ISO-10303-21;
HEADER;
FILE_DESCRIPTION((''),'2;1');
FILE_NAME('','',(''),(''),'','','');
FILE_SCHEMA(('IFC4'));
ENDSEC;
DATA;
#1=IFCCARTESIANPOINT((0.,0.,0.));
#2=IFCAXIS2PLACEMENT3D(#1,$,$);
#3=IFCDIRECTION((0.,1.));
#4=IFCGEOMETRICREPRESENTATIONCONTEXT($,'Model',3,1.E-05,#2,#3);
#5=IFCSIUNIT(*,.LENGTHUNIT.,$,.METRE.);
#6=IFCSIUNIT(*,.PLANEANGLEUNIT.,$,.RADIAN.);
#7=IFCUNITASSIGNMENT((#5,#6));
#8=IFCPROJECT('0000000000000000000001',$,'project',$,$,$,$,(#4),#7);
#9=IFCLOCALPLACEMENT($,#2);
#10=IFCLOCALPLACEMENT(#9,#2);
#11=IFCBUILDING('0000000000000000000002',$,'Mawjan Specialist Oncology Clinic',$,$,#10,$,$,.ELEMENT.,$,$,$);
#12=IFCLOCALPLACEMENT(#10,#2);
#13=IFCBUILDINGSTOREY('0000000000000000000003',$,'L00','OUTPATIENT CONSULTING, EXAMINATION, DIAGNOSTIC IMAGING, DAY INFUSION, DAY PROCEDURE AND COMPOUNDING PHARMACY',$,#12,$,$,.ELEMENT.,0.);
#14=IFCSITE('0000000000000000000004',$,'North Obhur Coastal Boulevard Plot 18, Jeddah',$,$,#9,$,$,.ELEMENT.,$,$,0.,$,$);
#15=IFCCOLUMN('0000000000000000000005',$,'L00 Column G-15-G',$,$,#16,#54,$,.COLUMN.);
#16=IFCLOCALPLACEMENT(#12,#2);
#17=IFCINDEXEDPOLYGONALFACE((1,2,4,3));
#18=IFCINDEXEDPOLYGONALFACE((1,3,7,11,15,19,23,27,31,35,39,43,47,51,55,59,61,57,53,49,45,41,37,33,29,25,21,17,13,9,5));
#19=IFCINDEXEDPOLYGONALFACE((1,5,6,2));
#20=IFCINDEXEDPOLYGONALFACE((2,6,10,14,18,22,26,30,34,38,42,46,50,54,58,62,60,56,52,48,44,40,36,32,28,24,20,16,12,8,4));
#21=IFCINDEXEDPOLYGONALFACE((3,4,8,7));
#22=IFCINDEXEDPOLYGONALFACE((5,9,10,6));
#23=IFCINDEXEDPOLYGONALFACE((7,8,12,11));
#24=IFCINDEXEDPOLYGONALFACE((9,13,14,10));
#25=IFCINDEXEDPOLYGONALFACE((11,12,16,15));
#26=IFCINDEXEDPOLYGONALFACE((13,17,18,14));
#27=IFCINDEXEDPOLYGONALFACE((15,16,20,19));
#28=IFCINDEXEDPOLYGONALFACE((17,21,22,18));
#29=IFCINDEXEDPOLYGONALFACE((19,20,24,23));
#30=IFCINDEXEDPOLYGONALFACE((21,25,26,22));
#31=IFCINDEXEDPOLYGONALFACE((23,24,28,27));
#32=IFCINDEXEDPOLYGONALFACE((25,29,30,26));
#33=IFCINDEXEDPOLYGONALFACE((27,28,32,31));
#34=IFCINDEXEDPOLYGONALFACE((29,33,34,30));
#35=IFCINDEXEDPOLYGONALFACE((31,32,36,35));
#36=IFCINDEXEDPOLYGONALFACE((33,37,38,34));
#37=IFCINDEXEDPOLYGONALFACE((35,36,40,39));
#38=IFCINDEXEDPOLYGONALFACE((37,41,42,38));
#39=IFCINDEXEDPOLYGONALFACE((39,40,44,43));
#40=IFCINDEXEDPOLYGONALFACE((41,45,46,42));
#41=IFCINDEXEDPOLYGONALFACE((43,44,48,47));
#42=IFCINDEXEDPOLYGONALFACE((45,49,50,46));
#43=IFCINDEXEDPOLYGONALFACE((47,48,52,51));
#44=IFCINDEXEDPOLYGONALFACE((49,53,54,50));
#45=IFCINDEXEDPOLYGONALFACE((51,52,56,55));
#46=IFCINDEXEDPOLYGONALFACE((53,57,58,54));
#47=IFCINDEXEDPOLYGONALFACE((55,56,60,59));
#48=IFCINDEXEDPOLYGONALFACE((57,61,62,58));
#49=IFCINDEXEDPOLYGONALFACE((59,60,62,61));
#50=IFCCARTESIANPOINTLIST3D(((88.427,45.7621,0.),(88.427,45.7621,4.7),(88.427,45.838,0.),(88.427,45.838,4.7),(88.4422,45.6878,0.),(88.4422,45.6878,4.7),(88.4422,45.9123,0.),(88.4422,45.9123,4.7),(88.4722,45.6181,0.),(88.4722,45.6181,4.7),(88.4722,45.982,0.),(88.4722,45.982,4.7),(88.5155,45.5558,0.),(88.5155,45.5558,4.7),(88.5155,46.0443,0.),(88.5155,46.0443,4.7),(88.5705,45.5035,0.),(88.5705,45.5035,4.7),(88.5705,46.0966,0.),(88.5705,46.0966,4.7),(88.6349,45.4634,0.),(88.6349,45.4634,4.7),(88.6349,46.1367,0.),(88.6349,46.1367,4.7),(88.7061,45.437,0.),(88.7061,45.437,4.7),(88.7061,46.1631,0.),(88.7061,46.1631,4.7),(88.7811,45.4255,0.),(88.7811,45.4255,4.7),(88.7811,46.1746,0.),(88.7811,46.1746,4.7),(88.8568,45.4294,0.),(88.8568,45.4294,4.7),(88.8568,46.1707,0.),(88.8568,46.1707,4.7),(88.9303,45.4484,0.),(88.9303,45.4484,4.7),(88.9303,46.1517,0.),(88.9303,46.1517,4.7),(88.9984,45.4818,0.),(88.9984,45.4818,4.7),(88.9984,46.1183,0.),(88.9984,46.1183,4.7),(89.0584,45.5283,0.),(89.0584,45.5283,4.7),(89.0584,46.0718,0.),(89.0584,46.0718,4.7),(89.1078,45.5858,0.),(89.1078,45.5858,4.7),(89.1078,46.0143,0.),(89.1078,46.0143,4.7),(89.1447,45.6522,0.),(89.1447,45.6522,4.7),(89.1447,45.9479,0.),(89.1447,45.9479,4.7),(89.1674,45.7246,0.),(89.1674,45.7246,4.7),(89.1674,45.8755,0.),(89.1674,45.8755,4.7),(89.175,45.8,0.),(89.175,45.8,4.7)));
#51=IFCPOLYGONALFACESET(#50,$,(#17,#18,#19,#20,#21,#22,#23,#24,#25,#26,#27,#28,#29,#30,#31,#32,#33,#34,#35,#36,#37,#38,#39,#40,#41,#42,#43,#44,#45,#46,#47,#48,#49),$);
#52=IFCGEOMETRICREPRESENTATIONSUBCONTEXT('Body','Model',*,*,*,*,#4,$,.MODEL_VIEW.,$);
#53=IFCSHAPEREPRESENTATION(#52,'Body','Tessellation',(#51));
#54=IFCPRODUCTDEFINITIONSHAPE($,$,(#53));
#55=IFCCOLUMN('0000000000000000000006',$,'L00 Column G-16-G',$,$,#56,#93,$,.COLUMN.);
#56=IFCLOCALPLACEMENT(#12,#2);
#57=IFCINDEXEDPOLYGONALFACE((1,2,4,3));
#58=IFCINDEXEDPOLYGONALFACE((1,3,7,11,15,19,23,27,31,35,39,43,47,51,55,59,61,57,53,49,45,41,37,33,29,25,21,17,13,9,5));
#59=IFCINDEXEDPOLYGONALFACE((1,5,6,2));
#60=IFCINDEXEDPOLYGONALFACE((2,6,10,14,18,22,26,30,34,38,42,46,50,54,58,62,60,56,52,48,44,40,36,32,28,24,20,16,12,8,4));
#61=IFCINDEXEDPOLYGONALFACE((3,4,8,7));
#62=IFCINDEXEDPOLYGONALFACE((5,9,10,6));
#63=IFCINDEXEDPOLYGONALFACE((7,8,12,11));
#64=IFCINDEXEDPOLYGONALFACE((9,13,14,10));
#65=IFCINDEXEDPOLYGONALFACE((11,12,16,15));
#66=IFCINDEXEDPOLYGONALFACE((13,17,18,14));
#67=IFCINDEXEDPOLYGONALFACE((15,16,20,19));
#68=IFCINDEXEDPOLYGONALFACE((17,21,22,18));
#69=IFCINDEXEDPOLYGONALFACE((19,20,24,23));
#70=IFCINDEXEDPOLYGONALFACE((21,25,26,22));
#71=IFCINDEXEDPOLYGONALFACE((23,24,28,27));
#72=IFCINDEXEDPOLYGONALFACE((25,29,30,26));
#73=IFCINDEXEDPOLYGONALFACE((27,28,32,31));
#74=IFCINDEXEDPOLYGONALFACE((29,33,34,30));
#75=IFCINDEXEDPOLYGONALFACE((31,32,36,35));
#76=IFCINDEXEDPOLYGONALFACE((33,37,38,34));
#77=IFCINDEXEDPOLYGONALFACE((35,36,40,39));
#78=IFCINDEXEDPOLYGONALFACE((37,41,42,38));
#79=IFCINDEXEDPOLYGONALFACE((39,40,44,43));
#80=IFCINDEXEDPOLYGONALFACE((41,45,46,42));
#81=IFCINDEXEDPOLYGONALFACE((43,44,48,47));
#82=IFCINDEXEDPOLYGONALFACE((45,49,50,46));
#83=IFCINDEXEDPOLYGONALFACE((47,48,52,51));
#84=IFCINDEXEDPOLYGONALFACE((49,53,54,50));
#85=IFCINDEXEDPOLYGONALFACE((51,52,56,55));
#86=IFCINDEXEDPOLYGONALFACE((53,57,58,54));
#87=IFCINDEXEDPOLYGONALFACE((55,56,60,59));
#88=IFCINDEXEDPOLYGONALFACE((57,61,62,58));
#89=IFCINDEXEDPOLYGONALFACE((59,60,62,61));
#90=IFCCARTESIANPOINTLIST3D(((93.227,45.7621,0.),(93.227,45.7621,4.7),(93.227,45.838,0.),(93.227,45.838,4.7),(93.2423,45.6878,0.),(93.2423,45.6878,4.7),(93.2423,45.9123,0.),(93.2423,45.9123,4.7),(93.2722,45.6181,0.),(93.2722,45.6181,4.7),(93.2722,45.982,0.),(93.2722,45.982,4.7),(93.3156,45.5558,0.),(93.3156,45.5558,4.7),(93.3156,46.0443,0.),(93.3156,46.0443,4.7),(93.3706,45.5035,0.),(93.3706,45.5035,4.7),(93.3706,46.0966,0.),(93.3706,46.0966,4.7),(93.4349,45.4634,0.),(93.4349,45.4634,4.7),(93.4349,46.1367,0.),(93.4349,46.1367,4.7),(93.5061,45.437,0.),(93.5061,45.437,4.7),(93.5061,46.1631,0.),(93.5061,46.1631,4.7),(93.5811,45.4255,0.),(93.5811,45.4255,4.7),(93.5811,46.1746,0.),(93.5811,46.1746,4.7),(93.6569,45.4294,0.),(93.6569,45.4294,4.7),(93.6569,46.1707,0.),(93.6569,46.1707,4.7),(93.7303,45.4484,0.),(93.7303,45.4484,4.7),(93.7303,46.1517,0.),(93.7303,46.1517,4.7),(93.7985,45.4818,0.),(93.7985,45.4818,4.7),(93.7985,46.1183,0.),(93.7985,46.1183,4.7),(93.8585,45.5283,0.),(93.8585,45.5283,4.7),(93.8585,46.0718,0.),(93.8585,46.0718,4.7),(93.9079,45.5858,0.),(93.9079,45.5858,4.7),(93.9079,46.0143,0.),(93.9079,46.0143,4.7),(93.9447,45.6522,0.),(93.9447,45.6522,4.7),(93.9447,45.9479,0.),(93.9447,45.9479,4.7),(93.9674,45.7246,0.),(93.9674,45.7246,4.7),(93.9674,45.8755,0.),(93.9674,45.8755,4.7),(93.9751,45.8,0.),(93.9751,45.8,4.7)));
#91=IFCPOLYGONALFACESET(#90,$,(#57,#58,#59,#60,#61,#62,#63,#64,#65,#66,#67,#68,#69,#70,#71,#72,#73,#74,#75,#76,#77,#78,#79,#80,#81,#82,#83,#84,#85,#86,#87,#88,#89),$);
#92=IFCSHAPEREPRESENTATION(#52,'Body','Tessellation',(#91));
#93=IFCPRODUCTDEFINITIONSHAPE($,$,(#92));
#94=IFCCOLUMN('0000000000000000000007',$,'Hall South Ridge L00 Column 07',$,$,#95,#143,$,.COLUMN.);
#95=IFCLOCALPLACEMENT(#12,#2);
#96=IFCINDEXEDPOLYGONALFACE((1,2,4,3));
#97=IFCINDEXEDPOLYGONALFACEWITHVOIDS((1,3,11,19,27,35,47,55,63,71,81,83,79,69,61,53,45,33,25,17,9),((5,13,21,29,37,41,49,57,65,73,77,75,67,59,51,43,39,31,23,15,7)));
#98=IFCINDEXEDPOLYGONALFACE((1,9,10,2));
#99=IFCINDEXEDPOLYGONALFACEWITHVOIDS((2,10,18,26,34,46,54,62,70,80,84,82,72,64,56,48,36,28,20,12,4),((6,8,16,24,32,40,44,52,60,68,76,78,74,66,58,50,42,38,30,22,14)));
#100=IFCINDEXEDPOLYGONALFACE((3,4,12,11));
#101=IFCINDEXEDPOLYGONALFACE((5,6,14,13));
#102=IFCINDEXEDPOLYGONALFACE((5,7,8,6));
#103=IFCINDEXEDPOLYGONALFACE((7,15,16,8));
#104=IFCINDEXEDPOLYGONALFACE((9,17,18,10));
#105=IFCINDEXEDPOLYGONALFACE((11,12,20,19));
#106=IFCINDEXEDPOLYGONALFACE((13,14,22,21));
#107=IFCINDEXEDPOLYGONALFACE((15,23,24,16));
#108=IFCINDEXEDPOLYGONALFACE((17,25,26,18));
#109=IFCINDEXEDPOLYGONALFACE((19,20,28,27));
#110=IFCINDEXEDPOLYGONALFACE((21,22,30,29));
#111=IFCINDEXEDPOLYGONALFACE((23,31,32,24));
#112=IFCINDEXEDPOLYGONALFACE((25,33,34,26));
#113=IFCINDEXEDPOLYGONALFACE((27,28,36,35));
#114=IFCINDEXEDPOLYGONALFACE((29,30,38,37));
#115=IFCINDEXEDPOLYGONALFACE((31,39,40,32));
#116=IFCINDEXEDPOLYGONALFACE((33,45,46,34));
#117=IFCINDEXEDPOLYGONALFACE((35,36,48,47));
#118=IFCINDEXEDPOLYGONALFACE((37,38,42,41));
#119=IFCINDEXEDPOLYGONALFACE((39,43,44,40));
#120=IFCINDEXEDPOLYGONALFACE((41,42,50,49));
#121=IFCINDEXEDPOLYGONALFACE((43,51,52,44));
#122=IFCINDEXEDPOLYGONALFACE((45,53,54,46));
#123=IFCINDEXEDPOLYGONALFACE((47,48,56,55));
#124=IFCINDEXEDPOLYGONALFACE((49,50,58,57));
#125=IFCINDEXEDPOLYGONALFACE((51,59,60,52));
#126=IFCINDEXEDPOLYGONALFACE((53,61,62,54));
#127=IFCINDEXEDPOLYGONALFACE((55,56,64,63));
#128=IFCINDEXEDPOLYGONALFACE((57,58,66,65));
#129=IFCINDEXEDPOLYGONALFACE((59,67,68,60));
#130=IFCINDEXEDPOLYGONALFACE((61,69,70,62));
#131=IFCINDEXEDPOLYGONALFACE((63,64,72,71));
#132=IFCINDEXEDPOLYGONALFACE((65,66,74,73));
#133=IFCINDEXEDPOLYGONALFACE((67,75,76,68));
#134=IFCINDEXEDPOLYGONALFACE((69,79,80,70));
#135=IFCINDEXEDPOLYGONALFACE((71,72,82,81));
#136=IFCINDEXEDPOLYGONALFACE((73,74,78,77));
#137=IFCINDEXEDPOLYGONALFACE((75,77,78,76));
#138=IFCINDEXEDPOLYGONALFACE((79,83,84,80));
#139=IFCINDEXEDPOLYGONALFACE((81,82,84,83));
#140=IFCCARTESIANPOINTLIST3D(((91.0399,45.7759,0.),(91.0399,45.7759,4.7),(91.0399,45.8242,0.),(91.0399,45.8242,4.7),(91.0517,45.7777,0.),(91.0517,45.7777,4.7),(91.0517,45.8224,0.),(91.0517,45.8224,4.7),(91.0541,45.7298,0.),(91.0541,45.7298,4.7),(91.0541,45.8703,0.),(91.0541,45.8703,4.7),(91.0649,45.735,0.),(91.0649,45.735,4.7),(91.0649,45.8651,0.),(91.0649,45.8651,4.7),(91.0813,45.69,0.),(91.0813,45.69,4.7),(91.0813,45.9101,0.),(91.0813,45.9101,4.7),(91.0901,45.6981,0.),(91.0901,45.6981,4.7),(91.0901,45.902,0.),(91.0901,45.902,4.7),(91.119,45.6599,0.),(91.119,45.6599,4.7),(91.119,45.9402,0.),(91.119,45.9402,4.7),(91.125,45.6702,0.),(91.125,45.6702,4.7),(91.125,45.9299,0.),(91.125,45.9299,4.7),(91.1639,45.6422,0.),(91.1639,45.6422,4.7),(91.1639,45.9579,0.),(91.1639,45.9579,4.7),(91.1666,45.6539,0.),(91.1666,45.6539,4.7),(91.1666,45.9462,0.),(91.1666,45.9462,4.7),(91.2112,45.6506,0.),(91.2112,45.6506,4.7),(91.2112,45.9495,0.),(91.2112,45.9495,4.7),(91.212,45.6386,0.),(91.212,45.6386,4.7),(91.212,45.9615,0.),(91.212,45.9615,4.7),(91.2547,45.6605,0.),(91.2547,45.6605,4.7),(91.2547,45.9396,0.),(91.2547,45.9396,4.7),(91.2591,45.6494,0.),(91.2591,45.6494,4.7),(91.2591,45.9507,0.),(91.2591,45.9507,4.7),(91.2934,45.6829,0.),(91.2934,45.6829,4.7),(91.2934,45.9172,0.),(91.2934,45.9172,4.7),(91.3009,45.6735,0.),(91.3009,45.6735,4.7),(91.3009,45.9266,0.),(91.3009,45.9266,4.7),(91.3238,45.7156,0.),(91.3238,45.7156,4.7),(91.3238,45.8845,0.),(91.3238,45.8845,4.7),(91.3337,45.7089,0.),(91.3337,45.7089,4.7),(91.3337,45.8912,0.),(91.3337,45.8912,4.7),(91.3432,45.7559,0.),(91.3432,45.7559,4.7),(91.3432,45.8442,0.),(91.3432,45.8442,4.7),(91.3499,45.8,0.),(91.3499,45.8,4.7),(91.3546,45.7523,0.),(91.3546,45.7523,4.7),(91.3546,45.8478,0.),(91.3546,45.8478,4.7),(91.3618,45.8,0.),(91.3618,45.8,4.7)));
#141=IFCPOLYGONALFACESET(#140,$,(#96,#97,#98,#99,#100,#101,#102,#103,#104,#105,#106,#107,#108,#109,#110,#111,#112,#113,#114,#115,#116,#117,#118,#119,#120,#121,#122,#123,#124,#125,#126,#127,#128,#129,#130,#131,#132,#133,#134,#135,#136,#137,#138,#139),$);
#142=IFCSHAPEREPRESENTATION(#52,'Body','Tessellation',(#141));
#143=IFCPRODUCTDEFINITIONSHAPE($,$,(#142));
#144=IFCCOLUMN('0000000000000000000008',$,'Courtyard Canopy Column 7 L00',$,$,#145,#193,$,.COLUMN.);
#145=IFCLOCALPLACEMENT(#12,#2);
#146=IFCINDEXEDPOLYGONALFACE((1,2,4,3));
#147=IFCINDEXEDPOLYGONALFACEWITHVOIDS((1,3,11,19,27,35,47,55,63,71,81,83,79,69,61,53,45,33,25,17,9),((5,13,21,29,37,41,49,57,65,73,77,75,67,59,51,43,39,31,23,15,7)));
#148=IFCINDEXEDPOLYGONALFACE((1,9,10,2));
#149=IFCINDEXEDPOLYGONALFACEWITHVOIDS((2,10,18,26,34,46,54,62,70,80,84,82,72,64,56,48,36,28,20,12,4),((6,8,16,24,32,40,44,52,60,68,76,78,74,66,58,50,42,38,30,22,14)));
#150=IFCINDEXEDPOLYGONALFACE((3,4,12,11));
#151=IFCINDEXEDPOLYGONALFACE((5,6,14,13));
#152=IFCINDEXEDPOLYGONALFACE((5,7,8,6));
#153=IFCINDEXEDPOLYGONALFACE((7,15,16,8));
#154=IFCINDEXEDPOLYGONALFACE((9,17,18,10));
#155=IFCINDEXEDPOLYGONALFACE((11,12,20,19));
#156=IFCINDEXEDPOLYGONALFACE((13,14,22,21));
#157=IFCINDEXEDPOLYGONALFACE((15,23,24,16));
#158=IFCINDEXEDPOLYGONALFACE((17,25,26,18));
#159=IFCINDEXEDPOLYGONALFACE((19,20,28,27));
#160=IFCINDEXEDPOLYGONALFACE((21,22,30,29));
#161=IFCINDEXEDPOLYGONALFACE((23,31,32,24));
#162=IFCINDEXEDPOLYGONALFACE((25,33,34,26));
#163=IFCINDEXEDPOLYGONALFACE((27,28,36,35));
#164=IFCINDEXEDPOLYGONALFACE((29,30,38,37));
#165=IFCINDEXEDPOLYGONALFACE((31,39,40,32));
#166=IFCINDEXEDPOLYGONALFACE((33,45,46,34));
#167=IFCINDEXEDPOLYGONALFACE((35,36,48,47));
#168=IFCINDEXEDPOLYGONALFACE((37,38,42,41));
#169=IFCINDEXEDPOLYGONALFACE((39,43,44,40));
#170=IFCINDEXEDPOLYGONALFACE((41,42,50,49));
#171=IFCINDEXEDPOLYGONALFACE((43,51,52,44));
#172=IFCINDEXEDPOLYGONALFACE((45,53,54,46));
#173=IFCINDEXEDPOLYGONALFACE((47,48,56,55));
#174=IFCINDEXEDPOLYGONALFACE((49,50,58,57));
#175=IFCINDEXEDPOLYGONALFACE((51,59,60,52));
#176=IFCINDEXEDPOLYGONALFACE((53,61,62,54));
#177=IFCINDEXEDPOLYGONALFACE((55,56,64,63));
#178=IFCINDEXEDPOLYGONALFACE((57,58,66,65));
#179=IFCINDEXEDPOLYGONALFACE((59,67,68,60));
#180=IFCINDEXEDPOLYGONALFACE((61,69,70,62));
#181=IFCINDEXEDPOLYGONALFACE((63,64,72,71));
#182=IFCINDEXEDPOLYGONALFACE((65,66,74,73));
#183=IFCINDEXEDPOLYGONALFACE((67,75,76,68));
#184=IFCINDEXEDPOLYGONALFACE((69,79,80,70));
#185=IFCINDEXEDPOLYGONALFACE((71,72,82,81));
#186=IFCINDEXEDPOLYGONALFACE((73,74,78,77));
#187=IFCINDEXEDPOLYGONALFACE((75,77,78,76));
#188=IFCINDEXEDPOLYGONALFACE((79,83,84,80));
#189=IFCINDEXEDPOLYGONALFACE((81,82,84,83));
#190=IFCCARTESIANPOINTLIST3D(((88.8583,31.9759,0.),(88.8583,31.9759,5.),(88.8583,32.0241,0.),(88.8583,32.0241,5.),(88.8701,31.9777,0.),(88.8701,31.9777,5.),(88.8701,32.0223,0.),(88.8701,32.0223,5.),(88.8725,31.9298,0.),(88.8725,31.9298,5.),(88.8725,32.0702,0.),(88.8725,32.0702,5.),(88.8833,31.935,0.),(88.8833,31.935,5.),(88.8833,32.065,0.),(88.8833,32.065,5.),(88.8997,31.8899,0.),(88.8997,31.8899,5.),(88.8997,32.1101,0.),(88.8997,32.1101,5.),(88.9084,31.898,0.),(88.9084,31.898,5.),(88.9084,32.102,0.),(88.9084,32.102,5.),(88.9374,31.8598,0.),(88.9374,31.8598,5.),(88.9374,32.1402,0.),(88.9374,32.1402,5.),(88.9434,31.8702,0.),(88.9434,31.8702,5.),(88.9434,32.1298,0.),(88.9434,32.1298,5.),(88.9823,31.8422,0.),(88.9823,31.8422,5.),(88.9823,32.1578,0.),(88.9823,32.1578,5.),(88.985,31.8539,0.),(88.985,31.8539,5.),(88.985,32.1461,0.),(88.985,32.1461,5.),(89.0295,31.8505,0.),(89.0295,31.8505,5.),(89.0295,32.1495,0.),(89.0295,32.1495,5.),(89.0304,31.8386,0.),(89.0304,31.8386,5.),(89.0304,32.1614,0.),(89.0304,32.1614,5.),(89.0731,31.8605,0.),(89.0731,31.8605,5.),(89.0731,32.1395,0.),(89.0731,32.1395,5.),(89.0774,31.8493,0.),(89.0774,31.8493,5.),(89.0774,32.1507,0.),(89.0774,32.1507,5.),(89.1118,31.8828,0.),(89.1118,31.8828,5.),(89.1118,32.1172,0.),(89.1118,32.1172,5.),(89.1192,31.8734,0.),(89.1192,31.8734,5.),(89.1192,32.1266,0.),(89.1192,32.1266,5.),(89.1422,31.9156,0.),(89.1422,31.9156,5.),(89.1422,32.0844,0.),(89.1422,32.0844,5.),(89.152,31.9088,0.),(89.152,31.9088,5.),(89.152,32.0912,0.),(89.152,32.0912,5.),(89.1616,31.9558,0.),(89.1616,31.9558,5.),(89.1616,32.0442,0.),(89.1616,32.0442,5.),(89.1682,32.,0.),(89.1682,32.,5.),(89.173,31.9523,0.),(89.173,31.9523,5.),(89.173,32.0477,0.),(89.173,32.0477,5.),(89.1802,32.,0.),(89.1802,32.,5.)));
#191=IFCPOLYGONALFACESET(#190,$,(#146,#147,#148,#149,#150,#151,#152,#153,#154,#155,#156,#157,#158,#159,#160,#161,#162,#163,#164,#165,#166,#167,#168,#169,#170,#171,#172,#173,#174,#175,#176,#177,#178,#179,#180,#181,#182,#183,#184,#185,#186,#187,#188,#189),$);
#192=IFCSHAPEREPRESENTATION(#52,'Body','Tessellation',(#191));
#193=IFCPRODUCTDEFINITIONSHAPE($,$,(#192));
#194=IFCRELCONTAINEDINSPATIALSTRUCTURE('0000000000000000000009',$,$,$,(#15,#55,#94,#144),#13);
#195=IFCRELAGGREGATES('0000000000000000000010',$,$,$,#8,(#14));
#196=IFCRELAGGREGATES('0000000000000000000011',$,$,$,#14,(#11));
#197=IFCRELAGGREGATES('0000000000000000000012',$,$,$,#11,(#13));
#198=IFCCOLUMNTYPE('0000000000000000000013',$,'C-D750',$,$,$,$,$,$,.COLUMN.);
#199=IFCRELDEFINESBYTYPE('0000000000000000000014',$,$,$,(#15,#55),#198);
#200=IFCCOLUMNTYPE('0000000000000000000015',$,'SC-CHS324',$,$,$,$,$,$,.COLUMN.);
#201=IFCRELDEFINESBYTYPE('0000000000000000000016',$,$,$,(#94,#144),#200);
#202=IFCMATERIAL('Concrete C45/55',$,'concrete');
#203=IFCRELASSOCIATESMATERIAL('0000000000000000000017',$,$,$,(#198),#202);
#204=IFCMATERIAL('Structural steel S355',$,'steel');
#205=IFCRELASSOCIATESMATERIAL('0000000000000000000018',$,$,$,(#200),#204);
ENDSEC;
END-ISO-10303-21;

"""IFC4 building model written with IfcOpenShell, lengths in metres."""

from ifc_helpers import new_model, si_unit, direction, frame, origin, origin_2d, place, context, subcontext, project, spatial, circle, hollow_circle, extrude, material, material_profile, profile_set, type_object, element, save


model = new_model("IFC4")

# Units and contexts
model_context = context("Model", 3, precision=1e-05, world=origin(), true_north=direction((0.0, 1.0)))
body_context = subcontext(model_context, "Body", "Model", "MODEL_VIEW")
ifc_project = project(units=[si_unit("LENGTHUNIT", "METRE"), si_unit("PLANEANGLEUNIT", "RADIAN")], contexts=[model_context])

# Site, building, storey
site_placement = place(None, origin())
site = spatial("IfcSite", under=ifc_project, at=site_placement, Name="North Obhur Coastal Boulevard Plot 18, Jeddah", CompositionType="ELEMENT", RefElevation=0.0)
building_placement = place(site_placement, origin())
building = spatial("IfcBuilding", under=site, at=building_placement, Name="Mawjan Specialist Oncology Clinic", CompositionType="ELEMENT")
storey_placement = place(building_placement, origin())
storey = spatial("IfcBuildingStorey", under=building, at=storey_placement, Name="L00", Description="OUTPATIENT CONSULTING, EXAMINATION, DIAGNOSTIC IMAGING, DAY INFUSION, DAY PROCEDURE AND COMPOUNDING PHARMACY", CompositionType="ELEMENT", Elevation=0.0)

# Columns
ifc_material_1 = material(Name="Concrete C45/55", Category="concrete")
ifc_material_profile_1 = material_profile(ifc_material_1, circle(Radius=0.375, at=origin_2d()), Name="RC COL D750", Category="concrete")
ifc_profile_set_1 = profile_set([ifc_material_profile_1], Name="Concrete C45/55")
column_type_1 = type_object("IfcColumnType", Name="C-D750", PredefinedType="COLUMN", material=ifc_profile_set_1)
for number, where, z_axis, x_axis, name in (
    (1, (88.8, 45.8, 0.0), (0.0, 0.0, 1.0), (1.0, 0.0, 0.0), "L00 Column G-15-G"),
    (2, (93.6001, 45.8, 0.0), (0.0, 0.0, 1.0), (1.0, 0.0, 0.0), "L00 Column G-16-G"),
):
    element("IfcColumn", number, at=place(storey_placement, frame(where, z_axis=z_axis, x_axis=x_axis)), inside=storey, type_object=column_type_1, Name=name, PredefinedType="COLUMN", context=body_context, shape_type="SweptSolid", body=[
        extrude(circle(Radius=0.375, at=origin_2d()), origin(), (0.0, 0.0, 1.0), 4.7),
    ])
ifc_material_2 = material(Name="Structural steel S355", Category="steel")
ifc_material_profile_2 = material_profile(ifc_material_2, hollow_circle(Radius=0.1619, WallThickness=0.012, at=origin_2d()), Name="CHS 323.9x12", Category="steel")
ifc_profile_set_2 = profile_set([ifc_material_profile_2], Name="Structural steel S355")
column_type_2 = type_object("IfcColumnType", Name="SC-CHS324", PredefinedType="COLUMN", material=ifc_profile_set_2)
column_placement = place(storey_placement, frame((91.2, 45.8, 0.0), z_axis=(0.0, 0.0, 1.0), x_axis=(1.0, 0.0, 0.0)))
element("IfcColumn", 3, at=column_placement, inside=storey, type_object=column_type_2, Name="Hall South Ridge L00 Column 07", PredefinedType="COLUMN", context=body_context, shape_type="SweptSolid", body=[
    extrude(hollow_circle(Radius=0.1619, WallThickness=0.012, at=origin_2d()), origin(), (0.0, 0.0, 1.0), 4.7),
])
for number, where, z_axis, x_axis, name in (
    (4, (89.0183, 32.0, 0.0), (0.0, 0.0, 1.0), (1.0, 0.0, 0.0), "Courtyard Canopy Column 7 L00"),
):
    element("IfcColumn", number, at=place(storey_placement, frame(where, z_axis=z_axis, x_axis=x_axis)), inside=storey, type_object=column_type_2, Name=name, PredefinedType="COLUMN", context=body_context, shape_type="SweptSolid", body=[
        extrude(hollow_circle(Radius=0.1619, WallThickness=0.012, at=origin_2d()), origin(), (0.0, 0.0, 1.0), 5.0),
    ])

save(model, "model.ifc")
